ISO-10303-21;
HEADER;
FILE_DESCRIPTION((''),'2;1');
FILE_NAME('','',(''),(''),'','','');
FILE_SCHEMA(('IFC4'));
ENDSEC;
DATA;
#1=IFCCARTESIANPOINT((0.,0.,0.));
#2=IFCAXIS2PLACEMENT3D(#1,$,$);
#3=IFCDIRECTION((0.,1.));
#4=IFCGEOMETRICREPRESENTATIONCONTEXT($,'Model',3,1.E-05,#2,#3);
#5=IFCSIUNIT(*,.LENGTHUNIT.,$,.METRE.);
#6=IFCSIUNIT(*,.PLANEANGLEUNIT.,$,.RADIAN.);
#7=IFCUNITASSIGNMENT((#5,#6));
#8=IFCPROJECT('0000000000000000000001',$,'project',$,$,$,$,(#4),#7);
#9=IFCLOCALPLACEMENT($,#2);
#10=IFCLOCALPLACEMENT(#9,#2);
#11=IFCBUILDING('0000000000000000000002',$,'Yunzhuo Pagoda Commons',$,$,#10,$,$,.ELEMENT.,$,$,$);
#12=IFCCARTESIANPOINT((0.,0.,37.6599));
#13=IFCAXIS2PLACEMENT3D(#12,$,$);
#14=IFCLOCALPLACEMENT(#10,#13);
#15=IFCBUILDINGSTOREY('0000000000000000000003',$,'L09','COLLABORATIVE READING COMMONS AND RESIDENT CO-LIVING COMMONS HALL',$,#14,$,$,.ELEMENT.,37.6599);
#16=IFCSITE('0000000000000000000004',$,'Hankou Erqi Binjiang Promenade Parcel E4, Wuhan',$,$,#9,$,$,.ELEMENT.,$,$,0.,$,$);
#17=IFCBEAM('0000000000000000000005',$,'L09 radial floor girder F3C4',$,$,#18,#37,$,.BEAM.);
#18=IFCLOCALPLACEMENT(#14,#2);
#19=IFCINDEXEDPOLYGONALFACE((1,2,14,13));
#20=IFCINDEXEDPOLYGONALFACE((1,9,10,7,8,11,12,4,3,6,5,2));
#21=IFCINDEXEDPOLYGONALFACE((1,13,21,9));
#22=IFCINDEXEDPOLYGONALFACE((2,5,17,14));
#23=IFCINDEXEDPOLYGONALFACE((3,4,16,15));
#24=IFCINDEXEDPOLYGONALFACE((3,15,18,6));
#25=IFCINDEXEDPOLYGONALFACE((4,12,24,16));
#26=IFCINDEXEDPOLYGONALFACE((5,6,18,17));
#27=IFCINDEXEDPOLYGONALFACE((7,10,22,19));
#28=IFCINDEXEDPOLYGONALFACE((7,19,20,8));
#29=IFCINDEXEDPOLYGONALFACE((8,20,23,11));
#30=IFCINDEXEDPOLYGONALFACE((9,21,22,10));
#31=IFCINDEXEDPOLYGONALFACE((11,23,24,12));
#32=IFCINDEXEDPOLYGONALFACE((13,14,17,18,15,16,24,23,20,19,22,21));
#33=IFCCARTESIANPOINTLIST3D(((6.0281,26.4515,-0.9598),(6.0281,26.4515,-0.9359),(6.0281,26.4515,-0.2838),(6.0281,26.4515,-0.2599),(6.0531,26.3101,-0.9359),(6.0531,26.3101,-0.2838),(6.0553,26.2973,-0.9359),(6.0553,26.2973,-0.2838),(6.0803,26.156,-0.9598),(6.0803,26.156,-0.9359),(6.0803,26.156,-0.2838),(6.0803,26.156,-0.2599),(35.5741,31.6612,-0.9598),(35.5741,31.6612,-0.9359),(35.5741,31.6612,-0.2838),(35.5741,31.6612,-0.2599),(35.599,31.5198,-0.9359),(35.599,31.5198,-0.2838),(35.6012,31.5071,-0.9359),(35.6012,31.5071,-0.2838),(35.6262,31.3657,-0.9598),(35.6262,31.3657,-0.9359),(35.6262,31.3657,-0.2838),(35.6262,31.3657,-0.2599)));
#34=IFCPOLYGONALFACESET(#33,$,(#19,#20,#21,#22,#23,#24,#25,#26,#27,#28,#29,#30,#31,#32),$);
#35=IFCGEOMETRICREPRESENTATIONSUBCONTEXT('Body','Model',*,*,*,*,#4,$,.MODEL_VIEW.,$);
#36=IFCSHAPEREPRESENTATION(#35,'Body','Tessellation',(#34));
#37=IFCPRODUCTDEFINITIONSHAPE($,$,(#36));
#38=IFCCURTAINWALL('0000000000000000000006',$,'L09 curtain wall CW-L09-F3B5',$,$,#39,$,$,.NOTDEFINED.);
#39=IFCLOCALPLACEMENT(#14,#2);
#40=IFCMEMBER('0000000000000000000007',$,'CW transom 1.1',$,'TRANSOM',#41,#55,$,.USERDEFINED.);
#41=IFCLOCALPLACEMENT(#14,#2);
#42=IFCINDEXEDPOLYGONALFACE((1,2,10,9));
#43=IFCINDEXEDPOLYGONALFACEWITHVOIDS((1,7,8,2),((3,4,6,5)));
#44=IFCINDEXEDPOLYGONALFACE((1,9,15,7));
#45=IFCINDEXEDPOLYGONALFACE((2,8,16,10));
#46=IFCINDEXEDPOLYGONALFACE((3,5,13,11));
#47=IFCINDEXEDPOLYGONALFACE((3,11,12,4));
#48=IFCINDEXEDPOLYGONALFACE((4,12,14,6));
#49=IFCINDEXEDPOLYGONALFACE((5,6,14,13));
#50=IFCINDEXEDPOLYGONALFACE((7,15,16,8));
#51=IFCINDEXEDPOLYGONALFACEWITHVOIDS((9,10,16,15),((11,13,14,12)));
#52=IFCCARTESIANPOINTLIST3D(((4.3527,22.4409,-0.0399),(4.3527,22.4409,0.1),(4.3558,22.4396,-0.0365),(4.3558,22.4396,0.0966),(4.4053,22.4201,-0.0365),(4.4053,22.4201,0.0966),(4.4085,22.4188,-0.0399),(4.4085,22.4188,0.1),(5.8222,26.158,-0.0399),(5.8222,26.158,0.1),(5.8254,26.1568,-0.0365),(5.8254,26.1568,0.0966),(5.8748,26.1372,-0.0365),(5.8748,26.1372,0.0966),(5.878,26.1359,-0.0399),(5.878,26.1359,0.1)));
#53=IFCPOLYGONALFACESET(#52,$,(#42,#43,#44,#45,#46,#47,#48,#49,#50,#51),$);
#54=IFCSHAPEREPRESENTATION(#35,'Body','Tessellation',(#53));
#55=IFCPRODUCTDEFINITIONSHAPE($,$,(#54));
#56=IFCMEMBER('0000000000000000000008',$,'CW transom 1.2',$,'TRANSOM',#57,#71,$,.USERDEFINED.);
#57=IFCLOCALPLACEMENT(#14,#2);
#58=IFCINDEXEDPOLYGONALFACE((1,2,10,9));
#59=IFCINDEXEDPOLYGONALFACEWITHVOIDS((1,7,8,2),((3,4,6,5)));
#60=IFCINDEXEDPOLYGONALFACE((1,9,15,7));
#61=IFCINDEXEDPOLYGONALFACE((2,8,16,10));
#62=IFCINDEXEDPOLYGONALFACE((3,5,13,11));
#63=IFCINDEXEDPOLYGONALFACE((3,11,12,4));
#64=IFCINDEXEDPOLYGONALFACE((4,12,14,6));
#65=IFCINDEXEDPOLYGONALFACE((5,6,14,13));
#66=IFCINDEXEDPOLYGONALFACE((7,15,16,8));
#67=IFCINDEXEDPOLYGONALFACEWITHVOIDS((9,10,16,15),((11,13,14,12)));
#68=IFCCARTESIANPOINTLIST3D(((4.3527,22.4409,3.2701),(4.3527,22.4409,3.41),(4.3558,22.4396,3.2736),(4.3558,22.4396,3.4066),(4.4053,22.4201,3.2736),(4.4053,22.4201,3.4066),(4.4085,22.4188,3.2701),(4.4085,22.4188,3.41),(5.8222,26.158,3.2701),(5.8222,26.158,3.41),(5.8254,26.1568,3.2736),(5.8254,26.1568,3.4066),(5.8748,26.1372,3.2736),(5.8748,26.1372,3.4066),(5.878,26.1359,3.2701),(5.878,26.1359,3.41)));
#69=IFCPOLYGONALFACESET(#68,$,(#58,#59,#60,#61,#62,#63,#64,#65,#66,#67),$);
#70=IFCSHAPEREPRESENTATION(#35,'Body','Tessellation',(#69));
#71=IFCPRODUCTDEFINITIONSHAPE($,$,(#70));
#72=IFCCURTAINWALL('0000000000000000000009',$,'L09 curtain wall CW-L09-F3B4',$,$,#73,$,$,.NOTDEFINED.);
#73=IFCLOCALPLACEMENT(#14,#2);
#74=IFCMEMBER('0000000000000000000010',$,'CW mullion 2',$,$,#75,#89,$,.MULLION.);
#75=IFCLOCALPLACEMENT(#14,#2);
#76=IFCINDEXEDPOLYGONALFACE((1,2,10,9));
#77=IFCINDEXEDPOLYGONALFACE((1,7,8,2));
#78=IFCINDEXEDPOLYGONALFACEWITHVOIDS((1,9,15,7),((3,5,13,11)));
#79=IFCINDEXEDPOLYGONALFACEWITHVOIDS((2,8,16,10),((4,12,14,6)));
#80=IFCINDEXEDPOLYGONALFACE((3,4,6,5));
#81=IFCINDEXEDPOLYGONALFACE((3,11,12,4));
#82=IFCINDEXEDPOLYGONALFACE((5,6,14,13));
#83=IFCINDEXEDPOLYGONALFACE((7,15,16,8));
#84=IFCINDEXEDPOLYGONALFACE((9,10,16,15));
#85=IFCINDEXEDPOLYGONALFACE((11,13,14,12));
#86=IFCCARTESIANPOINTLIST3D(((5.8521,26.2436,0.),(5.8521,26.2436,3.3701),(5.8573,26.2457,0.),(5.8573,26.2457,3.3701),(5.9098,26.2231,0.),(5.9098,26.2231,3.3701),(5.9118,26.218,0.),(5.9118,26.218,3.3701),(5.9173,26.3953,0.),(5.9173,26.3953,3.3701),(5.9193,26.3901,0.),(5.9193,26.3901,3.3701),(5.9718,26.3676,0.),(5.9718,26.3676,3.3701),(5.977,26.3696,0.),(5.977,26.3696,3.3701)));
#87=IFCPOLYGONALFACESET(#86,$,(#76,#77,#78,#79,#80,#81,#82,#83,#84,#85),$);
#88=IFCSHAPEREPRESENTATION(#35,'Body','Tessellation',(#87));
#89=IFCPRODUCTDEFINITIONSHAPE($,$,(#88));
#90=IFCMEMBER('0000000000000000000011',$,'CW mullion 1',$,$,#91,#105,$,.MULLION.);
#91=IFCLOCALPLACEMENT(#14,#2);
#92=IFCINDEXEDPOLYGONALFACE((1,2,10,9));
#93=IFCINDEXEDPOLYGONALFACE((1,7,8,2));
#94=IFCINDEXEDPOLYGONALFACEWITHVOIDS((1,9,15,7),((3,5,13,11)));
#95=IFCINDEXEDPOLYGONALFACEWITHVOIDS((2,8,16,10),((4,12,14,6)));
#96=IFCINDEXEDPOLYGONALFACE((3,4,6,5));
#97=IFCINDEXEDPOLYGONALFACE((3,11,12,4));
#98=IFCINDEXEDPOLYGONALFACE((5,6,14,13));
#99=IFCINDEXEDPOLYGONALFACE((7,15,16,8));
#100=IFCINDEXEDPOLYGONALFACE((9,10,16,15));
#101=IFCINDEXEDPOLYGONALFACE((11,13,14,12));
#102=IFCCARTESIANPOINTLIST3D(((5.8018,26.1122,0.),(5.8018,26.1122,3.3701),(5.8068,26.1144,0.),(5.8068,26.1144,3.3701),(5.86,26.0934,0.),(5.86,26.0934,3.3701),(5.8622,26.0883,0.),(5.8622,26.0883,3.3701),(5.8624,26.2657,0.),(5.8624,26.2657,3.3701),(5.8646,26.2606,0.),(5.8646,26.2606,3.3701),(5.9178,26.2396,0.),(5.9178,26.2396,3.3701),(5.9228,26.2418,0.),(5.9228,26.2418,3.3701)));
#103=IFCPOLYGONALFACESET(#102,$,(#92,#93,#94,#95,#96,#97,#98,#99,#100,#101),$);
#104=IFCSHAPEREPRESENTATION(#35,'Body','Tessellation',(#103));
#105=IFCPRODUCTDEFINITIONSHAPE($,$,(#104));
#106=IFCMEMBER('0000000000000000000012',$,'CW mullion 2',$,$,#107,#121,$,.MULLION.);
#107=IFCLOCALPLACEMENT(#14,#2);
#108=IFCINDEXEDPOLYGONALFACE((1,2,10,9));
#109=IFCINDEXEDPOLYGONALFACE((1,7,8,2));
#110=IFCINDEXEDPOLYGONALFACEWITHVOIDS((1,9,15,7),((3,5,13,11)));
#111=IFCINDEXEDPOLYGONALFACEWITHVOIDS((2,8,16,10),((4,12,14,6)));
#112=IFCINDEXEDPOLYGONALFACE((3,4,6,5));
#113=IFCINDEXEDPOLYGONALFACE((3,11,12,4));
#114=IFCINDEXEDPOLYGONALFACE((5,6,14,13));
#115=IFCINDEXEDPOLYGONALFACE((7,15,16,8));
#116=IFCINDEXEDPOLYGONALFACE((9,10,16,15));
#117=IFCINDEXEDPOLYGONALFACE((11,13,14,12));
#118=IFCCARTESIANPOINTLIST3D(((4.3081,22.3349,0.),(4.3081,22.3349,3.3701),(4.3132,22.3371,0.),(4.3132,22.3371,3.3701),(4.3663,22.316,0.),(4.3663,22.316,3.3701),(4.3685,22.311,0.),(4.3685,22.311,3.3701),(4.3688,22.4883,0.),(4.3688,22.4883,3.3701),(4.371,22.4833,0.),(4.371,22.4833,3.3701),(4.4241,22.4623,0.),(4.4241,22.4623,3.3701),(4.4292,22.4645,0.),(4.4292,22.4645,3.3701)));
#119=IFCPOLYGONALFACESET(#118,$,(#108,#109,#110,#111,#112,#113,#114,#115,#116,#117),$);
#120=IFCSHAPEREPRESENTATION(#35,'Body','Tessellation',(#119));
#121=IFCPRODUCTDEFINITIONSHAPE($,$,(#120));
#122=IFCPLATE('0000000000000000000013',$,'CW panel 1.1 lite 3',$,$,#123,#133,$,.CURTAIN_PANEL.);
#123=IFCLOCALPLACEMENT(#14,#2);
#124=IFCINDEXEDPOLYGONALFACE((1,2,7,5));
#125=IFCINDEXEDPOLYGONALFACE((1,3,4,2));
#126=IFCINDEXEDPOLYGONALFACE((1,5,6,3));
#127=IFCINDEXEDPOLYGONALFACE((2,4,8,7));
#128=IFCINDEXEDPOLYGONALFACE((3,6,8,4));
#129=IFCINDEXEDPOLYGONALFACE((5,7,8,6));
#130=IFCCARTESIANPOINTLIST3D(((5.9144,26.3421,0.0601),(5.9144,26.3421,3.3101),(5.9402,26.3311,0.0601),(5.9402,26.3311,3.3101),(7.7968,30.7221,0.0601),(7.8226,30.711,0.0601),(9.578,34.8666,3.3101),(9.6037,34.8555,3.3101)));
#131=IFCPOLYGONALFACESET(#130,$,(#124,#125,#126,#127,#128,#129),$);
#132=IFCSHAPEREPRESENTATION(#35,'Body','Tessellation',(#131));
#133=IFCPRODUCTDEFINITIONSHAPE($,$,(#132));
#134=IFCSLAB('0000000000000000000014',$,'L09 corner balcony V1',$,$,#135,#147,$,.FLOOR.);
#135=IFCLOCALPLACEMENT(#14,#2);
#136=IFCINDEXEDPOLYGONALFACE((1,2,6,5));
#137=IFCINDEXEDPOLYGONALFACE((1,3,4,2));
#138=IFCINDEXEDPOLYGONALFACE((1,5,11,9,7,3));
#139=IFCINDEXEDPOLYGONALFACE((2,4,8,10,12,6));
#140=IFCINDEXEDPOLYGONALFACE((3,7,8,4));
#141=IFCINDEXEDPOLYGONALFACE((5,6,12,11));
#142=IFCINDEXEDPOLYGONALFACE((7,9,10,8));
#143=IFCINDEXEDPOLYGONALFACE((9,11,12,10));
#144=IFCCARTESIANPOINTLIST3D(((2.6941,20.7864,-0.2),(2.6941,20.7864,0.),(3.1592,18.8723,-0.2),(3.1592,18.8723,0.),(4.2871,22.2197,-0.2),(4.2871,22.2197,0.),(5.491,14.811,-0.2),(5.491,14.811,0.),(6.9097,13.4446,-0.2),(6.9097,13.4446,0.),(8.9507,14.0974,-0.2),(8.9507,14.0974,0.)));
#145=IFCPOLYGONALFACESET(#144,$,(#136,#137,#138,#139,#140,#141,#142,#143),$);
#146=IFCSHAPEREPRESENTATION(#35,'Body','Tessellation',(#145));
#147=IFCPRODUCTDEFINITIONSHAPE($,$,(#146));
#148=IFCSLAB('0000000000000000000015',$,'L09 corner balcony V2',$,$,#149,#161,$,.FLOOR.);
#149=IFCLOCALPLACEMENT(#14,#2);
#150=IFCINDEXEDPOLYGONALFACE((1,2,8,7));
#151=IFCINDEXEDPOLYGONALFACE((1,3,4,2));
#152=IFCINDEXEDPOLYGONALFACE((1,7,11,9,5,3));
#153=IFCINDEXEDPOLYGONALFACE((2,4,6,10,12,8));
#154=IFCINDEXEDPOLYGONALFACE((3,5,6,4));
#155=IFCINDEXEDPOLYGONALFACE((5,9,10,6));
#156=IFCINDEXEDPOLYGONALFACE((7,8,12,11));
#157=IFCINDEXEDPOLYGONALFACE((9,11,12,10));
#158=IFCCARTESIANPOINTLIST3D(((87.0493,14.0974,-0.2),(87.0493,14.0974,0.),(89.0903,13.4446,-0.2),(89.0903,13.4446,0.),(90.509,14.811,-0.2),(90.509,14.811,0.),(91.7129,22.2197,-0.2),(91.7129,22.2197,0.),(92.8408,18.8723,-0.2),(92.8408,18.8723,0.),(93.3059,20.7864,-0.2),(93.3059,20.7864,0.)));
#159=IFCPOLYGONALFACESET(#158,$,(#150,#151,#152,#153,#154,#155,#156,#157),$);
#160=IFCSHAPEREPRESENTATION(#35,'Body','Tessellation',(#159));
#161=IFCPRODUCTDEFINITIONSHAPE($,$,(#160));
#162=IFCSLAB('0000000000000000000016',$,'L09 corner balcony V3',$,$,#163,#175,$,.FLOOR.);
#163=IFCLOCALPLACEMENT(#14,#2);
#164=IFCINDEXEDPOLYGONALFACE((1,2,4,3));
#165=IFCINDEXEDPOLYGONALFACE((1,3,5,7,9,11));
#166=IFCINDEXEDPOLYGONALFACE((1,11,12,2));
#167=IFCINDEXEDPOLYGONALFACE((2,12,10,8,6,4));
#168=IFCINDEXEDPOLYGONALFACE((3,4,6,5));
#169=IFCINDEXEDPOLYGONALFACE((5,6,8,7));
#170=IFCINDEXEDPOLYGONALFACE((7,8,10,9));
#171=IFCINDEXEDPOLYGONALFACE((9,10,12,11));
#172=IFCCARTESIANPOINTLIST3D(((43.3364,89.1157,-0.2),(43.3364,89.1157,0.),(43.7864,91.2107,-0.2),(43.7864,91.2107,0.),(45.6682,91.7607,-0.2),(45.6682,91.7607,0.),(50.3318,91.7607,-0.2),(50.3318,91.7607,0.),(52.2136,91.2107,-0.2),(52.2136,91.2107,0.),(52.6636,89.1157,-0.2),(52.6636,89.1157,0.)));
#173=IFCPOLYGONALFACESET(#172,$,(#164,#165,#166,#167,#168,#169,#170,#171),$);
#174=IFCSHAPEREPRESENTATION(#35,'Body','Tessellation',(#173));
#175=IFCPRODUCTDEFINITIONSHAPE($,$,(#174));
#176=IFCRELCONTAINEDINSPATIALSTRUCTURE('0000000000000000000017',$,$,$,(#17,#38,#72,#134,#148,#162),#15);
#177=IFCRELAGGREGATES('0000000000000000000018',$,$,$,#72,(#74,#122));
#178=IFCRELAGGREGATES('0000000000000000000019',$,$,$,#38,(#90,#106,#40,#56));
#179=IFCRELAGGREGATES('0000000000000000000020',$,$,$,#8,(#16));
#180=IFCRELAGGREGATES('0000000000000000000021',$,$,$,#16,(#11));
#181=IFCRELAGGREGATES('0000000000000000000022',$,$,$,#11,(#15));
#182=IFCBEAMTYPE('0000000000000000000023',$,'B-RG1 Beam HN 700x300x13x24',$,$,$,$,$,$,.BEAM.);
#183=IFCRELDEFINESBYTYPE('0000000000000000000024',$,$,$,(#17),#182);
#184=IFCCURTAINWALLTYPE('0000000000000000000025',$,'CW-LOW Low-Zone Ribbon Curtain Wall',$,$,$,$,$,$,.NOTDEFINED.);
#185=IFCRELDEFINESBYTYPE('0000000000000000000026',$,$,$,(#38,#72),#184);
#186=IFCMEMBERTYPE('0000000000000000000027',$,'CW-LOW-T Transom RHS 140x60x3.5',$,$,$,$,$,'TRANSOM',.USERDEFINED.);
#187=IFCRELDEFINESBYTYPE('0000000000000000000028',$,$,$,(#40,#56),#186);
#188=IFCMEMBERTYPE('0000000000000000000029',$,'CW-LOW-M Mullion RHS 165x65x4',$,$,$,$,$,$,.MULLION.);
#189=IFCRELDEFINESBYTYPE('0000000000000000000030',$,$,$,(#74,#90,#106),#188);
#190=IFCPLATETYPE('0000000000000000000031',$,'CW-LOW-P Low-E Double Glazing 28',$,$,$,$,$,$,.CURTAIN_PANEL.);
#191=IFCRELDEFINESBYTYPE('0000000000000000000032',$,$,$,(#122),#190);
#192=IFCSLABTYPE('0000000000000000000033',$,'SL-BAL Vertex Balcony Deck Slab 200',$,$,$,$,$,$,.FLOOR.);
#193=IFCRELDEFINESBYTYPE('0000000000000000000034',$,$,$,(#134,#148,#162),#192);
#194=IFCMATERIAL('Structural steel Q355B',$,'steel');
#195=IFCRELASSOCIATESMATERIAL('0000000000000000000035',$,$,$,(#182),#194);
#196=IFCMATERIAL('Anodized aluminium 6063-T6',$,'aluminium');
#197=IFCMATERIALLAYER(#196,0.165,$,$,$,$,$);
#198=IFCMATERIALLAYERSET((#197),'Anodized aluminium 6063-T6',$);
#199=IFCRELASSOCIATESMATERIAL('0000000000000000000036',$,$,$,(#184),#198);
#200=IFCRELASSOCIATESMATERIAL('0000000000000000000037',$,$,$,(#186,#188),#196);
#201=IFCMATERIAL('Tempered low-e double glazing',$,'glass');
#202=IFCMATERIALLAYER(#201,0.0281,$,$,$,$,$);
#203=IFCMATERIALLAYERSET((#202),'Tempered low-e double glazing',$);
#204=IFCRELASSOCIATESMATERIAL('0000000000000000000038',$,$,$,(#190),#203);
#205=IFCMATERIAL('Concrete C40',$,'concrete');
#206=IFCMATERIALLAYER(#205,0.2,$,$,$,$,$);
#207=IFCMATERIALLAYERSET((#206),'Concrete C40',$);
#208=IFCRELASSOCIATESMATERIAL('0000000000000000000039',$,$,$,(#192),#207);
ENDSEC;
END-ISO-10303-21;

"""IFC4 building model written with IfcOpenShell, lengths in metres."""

from ifc_helpers import new_model, si_unit, direction, frame, origin, origin_2d, place, context, subcontext, project, spatial, polyline, hollow_rectangle, i_section, outline, extrude, source, transform, mapped, material, layer, layer_set, material_profile, profile_set, type_object, element, aggregate, save


model = new_model("IFC4")

# Units and contexts
model_context = context("Model", 3, precision=1e-05, world=origin(), true_north=direction((0.0, 1.0)))
body_context = subcontext(model_context, "Body", "Model", "MODEL_VIEW")
ifc_project = project(units=[si_unit("LENGTHUNIT", "METRE"), si_unit("PLANEANGLEUNIT", "RADIAN")], contexts=[model_context])

# Site, building, storey
site_placement = place(None, origin())
site = spatial("IfcSite", under=ifc_project, at=site_placement, Name="Hankou Erqi Binjiang Promenade Parcel E4, Wuhan", CompositionType="ELEMENT", RefElevation=0.0)
building_placement = place(site_placement, origin())
building = spatial("IfcBuilding", under=site, at=building_placement, Name="Yunzhuo Pagoda Commons", CompositionType="ELEMENT")
storey_placement = place(building_placement, frame((0.0, 0.0, 37.6599)))
storey = spatial("IfcBuildingStorey", under=building, at=storey_placement, Name="L09", Description="COLLABORATIVE READING COMMONS AND RESIDENT CO-LIVING COMMONS HALL", CompositionType="ELEMENT", Elevation=37.6599)

# Beam
ifc_material_1 = material(Name="Structural steel Q355B", Category="steel")
ifc_material_profile_1 = material_profile(ifc_material_1, i_section(OverallWidth=0.3, OverallDepth=0.7, WebThickness=0.0129, FlangeThickness=0.0239, at=origin_2d()), Name="Structural steel Q355B")
ifc_profile_set_1 = profile_set([ifc_material_profile_1], Name="Structural steel Q355B")
beam_type = type_object("IfcBeamType", Name="B-RG1 Beam HN 700x300x13x24", PredefinedType="BEAM", material=ifc_profile_set_1)
shared_shape_1 = source(origin(), body_context, "Body", "SweptSolid", [
    extrude(i_section(OverallWidth=0.3, OverallDepth=0.7, WebThickness=0.0129, FlangeThickness=0.0239, at=origin_2d()), origin(), (0.0, 0.0, 1.0), 30.0017),
])
beam_placement = place(storey_placement, frame((6.0542, 26.3037, -0.6099), z_axis=(0.984808, 0.173647, 0.0), x_axis=(-0.173647, 0.984808, 0.0)))
element("IfcBeam", 1, at=beam_placement, inside=storey, type_object=beam_type, Name="L09 radial floor girder F3C4", PredefinedType="BEAM", context=body_context, shape_type="MappedRepresentation", body=[
    mapped(shared_shape_1, transform((0.0, 0.0, 0.0), scale=1.0)),
])

# Curtain wall, members
ifc_material_2 = material(Name="Anodized aluminium 6063-T6", Category="aluminium")
ifc_layer_1 = layer(ifc_material_2, 0.165)
ifc_layer_set_1 = layer_set([ifc_layer_1], Name="Anodized aluminium 6063-T6")
curtain_wall_type = type_object("IfcCurtainWallType", Name="CW-LOW Low-Zone Ribbon Curtain Wall", PredefinedType="NOTDEFINED", material=ifc_layer_set_1)
curtain_wall_1_placement = place(storey_placement, origin())
curtain_wall_1 = element("IfcCurtainWall", 2, at=curtain_wall_1_placement, inside=storey, type_object=curtain_wall_type, Name="L09 curtain wall CW-L09-F3B5", PredefinedType="NOTDEFINED")
ifc_material_profile_2 = material_profile(ifc_material_2, hollow_rectangle(XDim=0.0601, YDim=0.1399, WallThickness=0.0034, at=origin_2d()), Name="Anodized aluminium 6063-T6")
ifc_profile_set_2 = profile_set([ifc_material_profile_2], Name="Anodized aluminium 6063-T6")
member_type_1 = type_object("IfcMemberType", Name="CW-LOW-T Transom RHS 140x60x3.5", ElementType="TRANSOM", PredefinedType="USERDEFINED", material=ifc_profile_set_2)
shared_shape_2 = source(origin(), body_context, "Body", "SweptSolid", [
    extrude(hollow_rectangle(XDim=0.0601, YDim=0.1399, WallThickness=0.0034, at=origin_2d()), origin(), (0.0, 0.0, 1.0), 3.9971),
])
member_1_placement = place(storey_placement, frame((5.8501, 26.147, 0.03), z_axis=(-0.367649, -0.929965, 0.0), x_axis=(0.929965, -0.367649, 0.0)))
member_1 = element("IfcMember", 3, at=member_1_placement, type_object=member_type_1, Name="CW transom 1.1", ObjectType="TRANSOM", PredefinedType="USERDEFINED", context=body_context, shape_type="MappedRepresentation", body=[
    mapped(shared_shape_2, transform((0.0, 0.0, 0.0), scale=1.0)),
])
member_2_placement = place(storey_placement, frame((5.8501, 26.147, 3.3401), z_axis=(-0.367649, -0.929965, 0.0), x_axis=(0.929965, -0.367649, 0.0)))
member_2 = element("IfcMember", 4, at=member_2_placement, type_object=member_type_1, Name="CW transom 1.2", ObjectType="TRANSOM", PredefinedType="USERDEFINED", context=body_context, shape_type="MappedRepresentation", body=[
    mapped(shared_shape_2, transform((0.0, 0.0, 0.0), scale=1.0)),
])

# Curtain wall, member
curtain_wall_2_placement = place(storey_placement, origin())
curtain_wall_2 = element("IfcCurtainWall", 5, at=curtain_wall_2_placement, inside=storey, type_object=curtain_wall_type, Name="L09 curtain wall CW-L09-F3B4", PredefinedType="NOTDEFINED")
ifc_material_profile_3 = material_profile(ifc_material_2, hollow_rectangle(XDim=0.0649, YDim=0.165, WallThickness=0.0039, at=origin_2d()), Name="Anodized aluminium 6063-T6")
ifc_profile_set_3 = profile_set([ifc_material_profile_3], Name="Anodized aluminium 6063-T6")
member_type_2 = type_object("IfcMemberType", Name="CW-LOW-M Mullion RHS 165x65x4", PredefinedType="MULLION", material=ifc_profile_set_3)
shared_shape_3 = source(origin(), body_context, "Body", "SweptSolid", [
    extrude(hollow_rectangle(XDim=0.0649, YDim=0.165, WallThickness=0.0039, at=origin_2d()), origin(), (0.0, 0.0, 1.0), 3.3701),
])
member_3_placement = place(storey_placement, frame((5.9146, 26.3066, 0.0), z_axis=(0.0, 0.0, 1.0), x_axis=(0.918745, -0.394851, 0.0)))
member_3 = element("IfcMember", 6, at=member_3_placement, type_object=member_type_2, Name="CW mullion 2", PredefinedType="MULLION", context=body_context, shape_type="MappedRepresentation", body=[
    mapped(shared_shape_3, transform((0.0, 0.0, 0.0), scale=1.0)),
])

# Members
member_4_placement = place(storey_placement, frame((5.8623, 26.177, 0.0), z_axis=(0.0, 0.0, 1.0), x_axis=(0.929958, -0.367665, 0.0)))
member_4 = element("IfcMember", 7, at=member_4_placement, type_object=member_type_2, Name="CW mullion 1", PredefinedType="MULLION", context=body_context, shape_type="MappedRepresentation", body=[
    mapped(shared_shape_3, transform((0.0, 0.0, 0.0), scale=1.0)),
])
member_5_placement = place(storey_placement, frame((4.3687, 22.3997, 0.0), z_axis=(0.0, 0.0, 1.0), x_axis=(0.929958, -0.367665, 0.0)))
member_5 = element("IfcMember", 8, at=member_5_placement, type_object=member_type_2, Name="CW mullion 2", PredefinedType="MULLION", context=body_context, shape_type="MappedRepresentation", body=[
    mapped(shared_shape_3, transform((0.0, 0.0, 0.0), scale=1.0)),
])

# Plate
ifc_material_3 = material(Name="Tempered low-e double glazing", Category="glass")
ifc_layer_2 = layer(ifc_material_3, 0.0281)
ifc_layer_set_2 = layer_set([ifc_layer_2], Name="Tempered low-e double glazing")
plate_type = type_object("IfcPlateType", Name="CW-LOW-P Low-E Double Glazing 28", PredefinedType="CURTAIN_PANEL", material=ifc_layer_set_2)
plate_1_placement = place(storey_placement, frame((7.772, 30.5933, 1.6851), z_axis=(-0.918745, 0.394851, 0.0), x_axis=(-0.394851, -0.918745, 0.0)))
plate_1 = element("IfcPlate", 9, at=plate_1_placement, type_object=plate_type, Name="CW panel 1.1 lite 3", PredefinedType="CURTAIN_PANEL", context=body_context, shape_type="SweptSolid", body=[
    extrude(outline(polyline([(-4.6392, 1.625), (-0.1282, -1.625), (4.6392, -1.625), (4.6392, 1.625), (-4.6392, 1.625)])), origin(), (0.0, 0.0, 1.0), 0.0281),
])
aggregate(curtain_wall_2, [member_3, plate_1])

# Slabs
ifc_material_4 = material(Name="Concrete C40", Category="concrete")
ifc_layer_3 = layer(ifc_material_4, 0.2)
ifc_layer_set_3 = layer_set([ifc_layer_3], Name="Concrete C40")
slab_type_1 = type_object("IfcSlabType", Name="SL-BAL Vertex Balcony Deck Slab 200", PredefinedType="FLOOR", material=ifc_layer_set_3)
slab_1_placement = place(storey_placement, frame((0.0, 0.0, -0.2)))
element("IfcSlab", 10, at=slab_1_placement, inside=storey, type_object=slab_type_1, Name="L09 corner balcony V1", PredefinedType="FLOOR", context=body_context, shape_type="SweptSolid", body=[
    extrude(outline(polyline([(4.2871, 22.2197), (8.9507, 14.0974), (6.9097, 13.4446), (5.491, 14.811), (3.1592, 18.8723), (2.6941, 20.7864), (4.2871, 22.2197)])), origin(), (0.0, 0.0, 1.0), 0.2),
])
slab_2_placement = place(storey_placement, frame((0.0, 0.0, -0.2)))
element("IfcSlab", 11, at=slab_2_placement, inside=storey, type_object=slab_type_1, Name="L09 corner balcony V2", PredefinedType="FLOOR", context=body_context, shape_type="SweptSolid", body=[
    extrude(outline(polyline([(87.0493, 14.0974), (91.7129, 22.2197), (93.3059, 20.7864), (92.8408, 18.8723), (90.509, 14.811), (89.0903, 13.4446), (87.0493, 14.0974)])), origin(), (0.0, 0.0, 1.0), 0.2),
])
slab_3_placement = place(storey_placement, frame((0.0, 0.0, -0.2)))
element("IfcSlab", 12, at=slab_3_placement, inside=storey, type_object=slab_type_1, Name="L09 corner balcony V3", PredefinedType="FLOOR", context=body_context, shape_type="SweptSolid", body=[
    extrude(outline(polyline([(52.6636, 89.1157), (43.3364, 89.1157), (43.7864, 91.2107), (45.6682, 91.7607), (50.3318, 91.7607), (52.2136, 91.2107), (52.6636, 89.1157)])), origin(), (0.0, 0.0, 1.0), 0.2),
])

aggregate(curtain_wall_1, [member_4, member_5, member_1, member_2])

save(model, "model.ifc")
